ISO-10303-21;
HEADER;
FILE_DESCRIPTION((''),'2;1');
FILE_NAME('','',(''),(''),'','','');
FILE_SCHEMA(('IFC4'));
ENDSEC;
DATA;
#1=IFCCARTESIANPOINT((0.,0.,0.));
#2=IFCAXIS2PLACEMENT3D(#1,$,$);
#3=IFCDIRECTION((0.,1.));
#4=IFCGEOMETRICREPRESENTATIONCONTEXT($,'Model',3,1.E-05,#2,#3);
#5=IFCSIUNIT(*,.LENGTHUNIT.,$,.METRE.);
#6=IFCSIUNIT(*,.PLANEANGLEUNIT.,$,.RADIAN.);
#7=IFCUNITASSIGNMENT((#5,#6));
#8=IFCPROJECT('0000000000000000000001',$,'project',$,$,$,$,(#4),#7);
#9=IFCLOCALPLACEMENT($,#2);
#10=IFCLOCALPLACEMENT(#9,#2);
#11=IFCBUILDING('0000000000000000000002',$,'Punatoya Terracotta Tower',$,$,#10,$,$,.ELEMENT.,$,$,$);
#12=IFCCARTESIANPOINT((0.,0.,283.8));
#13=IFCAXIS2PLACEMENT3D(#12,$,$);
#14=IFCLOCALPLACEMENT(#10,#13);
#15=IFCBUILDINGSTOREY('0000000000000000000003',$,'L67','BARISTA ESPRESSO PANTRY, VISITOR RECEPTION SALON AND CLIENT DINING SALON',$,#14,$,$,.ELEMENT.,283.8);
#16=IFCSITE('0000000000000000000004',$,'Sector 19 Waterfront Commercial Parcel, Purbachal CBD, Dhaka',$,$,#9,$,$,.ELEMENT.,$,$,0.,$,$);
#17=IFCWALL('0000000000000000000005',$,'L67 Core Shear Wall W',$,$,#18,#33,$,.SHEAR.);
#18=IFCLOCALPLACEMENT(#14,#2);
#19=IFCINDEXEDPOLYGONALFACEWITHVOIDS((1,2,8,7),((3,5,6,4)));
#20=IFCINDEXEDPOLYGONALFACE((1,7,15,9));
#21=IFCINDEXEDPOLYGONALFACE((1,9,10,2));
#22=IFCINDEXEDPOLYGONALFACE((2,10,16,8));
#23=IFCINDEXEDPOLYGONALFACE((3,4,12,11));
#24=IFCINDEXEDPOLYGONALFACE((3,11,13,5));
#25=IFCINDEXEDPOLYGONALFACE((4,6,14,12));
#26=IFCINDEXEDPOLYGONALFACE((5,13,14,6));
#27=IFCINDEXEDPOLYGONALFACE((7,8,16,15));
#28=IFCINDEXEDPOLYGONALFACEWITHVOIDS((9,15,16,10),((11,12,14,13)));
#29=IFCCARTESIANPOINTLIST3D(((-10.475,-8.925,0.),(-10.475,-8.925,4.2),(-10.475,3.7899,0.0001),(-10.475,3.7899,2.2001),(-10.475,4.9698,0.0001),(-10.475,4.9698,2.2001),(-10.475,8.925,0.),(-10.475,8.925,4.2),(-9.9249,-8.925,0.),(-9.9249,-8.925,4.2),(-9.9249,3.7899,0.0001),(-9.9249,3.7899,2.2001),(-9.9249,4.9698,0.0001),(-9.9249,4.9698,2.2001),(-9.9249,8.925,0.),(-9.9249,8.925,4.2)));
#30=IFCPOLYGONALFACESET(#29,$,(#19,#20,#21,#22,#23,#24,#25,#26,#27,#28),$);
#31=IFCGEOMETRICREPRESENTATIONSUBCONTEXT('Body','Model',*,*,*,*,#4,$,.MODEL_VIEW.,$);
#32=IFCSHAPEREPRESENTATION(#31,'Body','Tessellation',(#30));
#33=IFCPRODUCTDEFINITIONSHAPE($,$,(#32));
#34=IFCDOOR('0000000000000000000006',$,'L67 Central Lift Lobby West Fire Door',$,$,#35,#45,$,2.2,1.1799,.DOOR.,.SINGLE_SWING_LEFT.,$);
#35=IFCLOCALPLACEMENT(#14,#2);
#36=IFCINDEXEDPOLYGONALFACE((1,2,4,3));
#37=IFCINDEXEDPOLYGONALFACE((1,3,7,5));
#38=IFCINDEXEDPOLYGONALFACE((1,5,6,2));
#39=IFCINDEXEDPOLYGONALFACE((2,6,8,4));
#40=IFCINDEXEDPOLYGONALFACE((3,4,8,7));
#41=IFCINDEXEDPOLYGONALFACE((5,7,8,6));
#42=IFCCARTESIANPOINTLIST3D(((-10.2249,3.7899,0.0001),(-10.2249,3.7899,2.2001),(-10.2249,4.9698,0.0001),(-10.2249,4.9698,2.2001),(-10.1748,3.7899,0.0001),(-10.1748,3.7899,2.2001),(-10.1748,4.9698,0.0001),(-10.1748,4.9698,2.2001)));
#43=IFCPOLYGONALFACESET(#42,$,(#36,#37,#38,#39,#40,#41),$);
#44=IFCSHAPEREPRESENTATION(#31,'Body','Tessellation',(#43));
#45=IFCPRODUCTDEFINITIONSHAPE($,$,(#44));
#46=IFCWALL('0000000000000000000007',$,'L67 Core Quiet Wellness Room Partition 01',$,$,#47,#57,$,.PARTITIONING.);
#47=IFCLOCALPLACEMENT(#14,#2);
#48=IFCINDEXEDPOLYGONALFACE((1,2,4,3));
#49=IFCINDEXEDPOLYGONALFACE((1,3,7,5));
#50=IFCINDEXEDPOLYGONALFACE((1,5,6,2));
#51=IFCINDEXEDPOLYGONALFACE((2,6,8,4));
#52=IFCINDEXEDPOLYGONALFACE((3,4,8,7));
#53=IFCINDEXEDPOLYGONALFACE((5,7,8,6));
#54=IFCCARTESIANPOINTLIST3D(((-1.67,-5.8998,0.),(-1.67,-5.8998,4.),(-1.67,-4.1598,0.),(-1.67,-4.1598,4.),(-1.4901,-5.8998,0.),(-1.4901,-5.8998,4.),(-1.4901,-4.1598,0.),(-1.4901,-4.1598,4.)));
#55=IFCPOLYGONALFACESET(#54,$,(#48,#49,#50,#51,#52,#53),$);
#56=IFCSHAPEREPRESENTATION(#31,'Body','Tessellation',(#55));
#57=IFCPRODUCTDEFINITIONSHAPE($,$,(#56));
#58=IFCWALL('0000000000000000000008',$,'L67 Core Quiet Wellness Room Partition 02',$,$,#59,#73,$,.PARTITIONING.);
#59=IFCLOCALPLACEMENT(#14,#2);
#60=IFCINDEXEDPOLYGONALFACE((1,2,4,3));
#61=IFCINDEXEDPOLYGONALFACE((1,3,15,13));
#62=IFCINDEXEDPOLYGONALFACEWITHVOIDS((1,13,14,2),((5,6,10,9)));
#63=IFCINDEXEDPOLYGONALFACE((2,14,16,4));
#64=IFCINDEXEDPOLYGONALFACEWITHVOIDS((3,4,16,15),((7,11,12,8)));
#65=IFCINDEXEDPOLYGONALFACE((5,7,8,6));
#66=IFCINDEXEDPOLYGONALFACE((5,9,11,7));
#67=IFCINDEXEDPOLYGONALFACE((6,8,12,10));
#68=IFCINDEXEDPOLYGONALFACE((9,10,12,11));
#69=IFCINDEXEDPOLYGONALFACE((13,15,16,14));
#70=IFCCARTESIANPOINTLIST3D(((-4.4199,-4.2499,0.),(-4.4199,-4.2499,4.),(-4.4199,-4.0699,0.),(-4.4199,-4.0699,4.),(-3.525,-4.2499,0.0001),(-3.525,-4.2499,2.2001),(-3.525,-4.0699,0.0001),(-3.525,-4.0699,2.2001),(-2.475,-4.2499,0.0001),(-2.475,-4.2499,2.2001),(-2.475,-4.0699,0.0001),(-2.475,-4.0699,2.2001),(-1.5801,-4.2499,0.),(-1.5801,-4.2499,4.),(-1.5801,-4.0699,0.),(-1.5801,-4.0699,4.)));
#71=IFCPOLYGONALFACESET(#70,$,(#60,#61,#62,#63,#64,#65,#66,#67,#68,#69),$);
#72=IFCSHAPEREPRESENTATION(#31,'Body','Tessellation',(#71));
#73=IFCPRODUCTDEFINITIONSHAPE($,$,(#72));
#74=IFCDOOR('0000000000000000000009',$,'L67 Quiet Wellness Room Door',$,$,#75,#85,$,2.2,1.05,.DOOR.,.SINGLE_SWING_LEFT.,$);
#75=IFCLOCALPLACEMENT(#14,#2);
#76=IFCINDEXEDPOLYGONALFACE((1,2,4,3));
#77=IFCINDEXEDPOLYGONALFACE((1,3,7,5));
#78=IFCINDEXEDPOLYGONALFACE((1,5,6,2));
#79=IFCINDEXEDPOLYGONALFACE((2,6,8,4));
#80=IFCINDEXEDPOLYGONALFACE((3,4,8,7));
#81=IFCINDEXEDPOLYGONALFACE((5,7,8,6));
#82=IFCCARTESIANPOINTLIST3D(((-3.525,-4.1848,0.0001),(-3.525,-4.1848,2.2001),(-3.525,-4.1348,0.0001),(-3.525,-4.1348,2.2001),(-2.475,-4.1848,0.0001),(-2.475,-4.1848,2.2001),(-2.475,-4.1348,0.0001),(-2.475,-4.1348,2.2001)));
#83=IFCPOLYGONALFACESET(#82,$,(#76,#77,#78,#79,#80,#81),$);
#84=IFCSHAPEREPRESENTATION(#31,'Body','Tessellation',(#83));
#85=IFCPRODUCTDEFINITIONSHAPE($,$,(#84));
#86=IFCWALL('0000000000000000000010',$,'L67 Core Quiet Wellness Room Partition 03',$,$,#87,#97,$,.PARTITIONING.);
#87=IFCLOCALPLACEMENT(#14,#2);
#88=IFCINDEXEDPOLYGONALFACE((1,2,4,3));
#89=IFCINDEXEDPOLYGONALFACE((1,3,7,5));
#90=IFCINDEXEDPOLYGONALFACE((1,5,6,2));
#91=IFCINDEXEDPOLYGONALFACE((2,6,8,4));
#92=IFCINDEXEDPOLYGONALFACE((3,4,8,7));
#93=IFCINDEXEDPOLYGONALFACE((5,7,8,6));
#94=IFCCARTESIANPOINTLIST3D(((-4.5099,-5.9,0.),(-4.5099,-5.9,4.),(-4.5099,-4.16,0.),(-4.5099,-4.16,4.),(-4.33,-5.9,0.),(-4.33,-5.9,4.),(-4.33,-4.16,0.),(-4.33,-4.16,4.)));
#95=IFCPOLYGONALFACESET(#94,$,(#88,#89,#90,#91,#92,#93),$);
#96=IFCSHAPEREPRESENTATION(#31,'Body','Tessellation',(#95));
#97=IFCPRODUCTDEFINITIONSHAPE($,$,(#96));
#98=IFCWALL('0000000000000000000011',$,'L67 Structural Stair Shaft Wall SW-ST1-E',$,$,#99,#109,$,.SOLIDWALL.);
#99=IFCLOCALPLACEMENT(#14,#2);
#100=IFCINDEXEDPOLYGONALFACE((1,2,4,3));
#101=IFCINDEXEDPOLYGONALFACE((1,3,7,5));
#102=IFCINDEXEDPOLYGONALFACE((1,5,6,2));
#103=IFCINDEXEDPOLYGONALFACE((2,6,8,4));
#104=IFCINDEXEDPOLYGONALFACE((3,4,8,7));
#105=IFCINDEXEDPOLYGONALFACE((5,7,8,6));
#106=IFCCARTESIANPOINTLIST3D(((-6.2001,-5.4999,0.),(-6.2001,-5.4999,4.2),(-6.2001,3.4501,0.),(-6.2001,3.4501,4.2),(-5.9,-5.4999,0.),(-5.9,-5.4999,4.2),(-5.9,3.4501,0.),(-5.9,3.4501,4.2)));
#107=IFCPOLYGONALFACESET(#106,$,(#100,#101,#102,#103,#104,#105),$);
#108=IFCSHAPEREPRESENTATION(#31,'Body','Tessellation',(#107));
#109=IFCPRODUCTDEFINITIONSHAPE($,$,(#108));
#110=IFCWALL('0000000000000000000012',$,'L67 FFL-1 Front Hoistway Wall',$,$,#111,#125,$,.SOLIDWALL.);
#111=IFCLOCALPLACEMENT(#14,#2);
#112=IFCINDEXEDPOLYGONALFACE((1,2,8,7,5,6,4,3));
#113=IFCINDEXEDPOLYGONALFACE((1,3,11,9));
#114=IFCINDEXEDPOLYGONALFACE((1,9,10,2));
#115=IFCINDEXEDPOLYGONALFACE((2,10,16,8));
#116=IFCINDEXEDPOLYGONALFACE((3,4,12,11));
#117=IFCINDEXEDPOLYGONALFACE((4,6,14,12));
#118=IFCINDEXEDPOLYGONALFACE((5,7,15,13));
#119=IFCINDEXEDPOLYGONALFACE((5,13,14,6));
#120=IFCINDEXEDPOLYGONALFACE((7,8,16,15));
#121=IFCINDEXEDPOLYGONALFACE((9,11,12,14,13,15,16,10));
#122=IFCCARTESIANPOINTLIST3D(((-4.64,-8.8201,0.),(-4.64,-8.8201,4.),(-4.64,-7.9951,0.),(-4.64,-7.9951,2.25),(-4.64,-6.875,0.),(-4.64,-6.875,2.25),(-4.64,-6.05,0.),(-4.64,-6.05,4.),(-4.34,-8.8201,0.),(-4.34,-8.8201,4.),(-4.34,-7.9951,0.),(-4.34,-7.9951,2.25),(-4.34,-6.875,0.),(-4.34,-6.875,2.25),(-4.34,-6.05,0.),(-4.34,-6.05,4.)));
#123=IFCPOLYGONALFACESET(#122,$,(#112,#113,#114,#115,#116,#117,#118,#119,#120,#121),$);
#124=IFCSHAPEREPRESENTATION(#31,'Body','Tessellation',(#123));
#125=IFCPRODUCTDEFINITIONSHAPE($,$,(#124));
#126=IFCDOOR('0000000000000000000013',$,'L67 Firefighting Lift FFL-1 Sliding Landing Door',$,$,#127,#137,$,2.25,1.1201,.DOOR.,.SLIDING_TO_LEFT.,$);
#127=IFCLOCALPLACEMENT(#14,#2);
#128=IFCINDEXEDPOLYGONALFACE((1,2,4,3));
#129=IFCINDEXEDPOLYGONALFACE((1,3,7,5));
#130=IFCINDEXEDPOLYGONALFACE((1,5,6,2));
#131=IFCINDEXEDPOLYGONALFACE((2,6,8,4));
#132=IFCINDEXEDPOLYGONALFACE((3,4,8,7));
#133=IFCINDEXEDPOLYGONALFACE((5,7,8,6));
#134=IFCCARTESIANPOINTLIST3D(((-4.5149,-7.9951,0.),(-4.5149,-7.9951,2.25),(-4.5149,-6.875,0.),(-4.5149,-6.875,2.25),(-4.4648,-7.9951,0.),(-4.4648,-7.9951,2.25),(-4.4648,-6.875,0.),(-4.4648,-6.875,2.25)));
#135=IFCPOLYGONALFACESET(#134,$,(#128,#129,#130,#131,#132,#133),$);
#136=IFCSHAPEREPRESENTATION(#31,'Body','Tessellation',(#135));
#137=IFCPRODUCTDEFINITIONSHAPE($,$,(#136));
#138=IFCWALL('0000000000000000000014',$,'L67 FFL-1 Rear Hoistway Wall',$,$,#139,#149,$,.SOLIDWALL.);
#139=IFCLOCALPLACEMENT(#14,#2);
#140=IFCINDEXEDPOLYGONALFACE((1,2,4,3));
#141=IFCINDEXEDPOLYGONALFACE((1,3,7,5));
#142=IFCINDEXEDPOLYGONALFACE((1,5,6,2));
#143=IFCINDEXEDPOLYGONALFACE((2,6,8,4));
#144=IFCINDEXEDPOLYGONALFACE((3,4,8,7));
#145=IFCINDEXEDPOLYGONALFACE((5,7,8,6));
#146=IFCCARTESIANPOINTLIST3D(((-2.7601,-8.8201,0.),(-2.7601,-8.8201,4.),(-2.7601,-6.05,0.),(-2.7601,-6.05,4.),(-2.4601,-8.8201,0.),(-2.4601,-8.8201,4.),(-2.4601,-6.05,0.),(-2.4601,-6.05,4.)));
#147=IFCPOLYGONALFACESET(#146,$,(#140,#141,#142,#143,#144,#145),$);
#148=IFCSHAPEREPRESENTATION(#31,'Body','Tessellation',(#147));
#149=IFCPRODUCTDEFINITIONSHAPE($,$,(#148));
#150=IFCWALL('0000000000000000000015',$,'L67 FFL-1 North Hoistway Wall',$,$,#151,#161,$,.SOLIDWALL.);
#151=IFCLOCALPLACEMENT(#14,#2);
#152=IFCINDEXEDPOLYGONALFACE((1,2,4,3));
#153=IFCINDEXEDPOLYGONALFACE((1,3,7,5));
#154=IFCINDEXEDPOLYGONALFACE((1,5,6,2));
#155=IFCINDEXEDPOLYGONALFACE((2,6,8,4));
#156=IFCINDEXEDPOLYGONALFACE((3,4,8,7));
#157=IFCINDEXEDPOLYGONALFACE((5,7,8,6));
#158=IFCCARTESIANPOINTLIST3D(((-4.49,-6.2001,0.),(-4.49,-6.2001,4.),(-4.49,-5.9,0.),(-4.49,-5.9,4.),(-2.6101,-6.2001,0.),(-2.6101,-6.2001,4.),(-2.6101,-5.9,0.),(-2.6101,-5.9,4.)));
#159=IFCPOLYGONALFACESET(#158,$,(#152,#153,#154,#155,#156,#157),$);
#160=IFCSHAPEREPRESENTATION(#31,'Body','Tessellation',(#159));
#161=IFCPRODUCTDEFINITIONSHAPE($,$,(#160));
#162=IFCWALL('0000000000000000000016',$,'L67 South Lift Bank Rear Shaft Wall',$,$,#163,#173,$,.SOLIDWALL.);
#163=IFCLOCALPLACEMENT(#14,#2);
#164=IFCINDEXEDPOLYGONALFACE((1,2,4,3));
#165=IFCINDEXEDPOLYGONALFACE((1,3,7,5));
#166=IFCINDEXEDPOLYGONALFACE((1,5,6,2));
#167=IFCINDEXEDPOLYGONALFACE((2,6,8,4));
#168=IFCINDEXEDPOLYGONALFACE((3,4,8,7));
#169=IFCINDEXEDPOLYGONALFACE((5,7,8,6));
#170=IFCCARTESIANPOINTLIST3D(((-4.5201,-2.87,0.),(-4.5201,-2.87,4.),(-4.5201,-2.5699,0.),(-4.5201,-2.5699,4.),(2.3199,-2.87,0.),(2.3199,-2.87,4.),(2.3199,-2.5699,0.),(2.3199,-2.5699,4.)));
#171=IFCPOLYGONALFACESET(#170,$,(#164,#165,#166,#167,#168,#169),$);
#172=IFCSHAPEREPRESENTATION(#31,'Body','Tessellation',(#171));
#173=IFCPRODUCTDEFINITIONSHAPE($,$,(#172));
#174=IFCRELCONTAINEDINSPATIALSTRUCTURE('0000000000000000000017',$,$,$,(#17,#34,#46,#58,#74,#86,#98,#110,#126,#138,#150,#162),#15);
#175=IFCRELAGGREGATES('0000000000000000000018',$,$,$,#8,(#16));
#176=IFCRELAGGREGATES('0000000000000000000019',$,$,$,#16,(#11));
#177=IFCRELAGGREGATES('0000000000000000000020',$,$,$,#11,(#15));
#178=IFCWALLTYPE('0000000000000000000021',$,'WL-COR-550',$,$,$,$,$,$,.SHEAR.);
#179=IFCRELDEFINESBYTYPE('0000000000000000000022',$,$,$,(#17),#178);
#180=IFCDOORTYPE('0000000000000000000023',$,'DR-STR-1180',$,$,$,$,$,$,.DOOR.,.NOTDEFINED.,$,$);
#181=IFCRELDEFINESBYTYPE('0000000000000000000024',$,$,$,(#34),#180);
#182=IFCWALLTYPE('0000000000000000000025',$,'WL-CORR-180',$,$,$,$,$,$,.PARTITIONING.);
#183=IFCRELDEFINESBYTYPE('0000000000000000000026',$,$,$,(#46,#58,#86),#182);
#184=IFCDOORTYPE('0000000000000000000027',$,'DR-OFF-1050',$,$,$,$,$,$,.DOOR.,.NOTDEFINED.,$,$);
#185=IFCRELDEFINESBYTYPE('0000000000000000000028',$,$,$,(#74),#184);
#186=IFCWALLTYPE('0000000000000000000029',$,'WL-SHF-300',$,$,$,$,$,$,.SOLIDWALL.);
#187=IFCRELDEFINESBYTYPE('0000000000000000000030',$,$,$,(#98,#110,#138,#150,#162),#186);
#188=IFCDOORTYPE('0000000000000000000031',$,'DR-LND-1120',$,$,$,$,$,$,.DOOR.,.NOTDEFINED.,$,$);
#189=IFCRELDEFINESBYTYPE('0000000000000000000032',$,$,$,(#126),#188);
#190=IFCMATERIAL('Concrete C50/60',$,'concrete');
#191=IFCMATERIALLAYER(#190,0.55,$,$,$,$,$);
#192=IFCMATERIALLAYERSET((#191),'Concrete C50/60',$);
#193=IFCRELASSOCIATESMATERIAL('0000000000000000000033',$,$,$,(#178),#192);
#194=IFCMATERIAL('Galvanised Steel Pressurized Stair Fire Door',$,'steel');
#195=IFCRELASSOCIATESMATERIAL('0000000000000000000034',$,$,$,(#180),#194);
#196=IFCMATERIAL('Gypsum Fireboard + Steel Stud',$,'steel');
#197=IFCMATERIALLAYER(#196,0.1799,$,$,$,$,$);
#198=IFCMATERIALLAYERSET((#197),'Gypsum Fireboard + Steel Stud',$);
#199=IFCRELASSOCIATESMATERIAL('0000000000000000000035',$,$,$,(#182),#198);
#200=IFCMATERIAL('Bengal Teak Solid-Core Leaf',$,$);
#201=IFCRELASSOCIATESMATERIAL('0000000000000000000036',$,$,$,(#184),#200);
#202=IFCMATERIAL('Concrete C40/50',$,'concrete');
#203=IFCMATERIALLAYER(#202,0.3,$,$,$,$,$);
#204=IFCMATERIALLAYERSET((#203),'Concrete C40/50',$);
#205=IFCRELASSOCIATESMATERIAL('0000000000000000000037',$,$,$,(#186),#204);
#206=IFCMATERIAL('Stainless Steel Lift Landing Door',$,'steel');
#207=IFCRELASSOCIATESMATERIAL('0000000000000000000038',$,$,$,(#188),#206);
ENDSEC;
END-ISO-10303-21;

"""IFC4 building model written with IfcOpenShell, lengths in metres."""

from ifc_helpers import new_model, si_unit, direction, frame, frame_2d, origin, place, context, subcontext, project, spatial, rectangle, extrude, material, layer, layer_set, type_object, element, fill, save


model = new_model("IFC4")

# Units and contexts
model_context = context("Model", 3, precision=1e-05, world=origin(), true_north=direction((0.0, 1.0)))
body_context = subcontext(model_context, "Body", "Model", "MODEL_VIEW")
ifc_project = project(units=[si_unit("LENGTHUNIT", "METRE"), si_unit("PLANEANGLEUNIT", "RADIAN")], contexts=[model_context])

# Site, building, storey
site_placement = place(None, origin())
site = spatial("IfcSite", under=ifc_project, at=site_placement, Name="Sector 19 Waterfront Commercial Parcel, Purbachal CBD, Dhaka", CompositionType="ELEMENT", RefElevation=0.0)
building_placement = place(site_placement, origin())
building = spatial("IfcBuilding", under=site, at=building_placement, Name="Punatoya Terracotta Tower", CompositionType="ELEMENT")
storey_placement = place(building_placement, frame((0.0, 0.0, 283.8)))
storey = spatial("IfcBuildingStorey", under=building, at=storey_placement, Name="L67", Description="BARISTA ESPRESSO PANTRY, VISITOR RECEPTION SALON AND CLIENT DINING SALON", CompositionType="ELEMENT", Elevation=283.8)

# Shared definitions
ifc_material_1 = material(Name="Concrete C50/60", Category="concrete")

# Wall, opening, door
ifc_material_2 = material(Name="Concrete C40/50", Category="concrete")
ifc_layer_1 = layer(ifc_material_1, 0.55)
ifc_layer_set_1 = layer_set([ifc_layer_1], Name="Concrete C50/60")
wall_type_1 = type_object("IfcWallType", Name="WL-COR-550", PredefinedType="SHEAR", material=ifc_layer_set_1)
wall_1_placement = place(storey_placement, frame((-10.2, -8.925, 0.0), z_axis=(0.0, 0.0, 1.0), x_axis=(0.0, 1.0, 0.0)))
wall_1 = element("IfcWall", 1, at=wall_1_placement, inside=storey, type_object=wall_type_1, Name="L67 Core Shear Wall W", PredefinedType="SHEAR", context=body_context, shape_type="SweptSolid", body=[
    extrude(rectangle(XDim=17.8501, YDim=0.55, at=frame_2d((8.925, 0.0))), origin(), (0.0, 0.0, 1.0), 4.2),
])
opening_1_placement = place(wall_1_placement, frame((12.7151, 0.0, 0.0)))
opening_1 = element("IfcOpeningElement", 2, at=opening_1_placement, cuts=wall_1, PredefinedType="OPENING", context=body_context, shape_type="SweptSolid", body=[
    extrude(rectangle(XDim=1.1799, YDim=2.2, at=frame_2d((0.5898, 1.1001))), frame((0.0, 0.2849, 0.0), z_axis=(0.0, -1.0, 0.0), x_axis=(1.0, 0.0, 0.0)), (0.0, 0.0, 1.0), 0.5701),
])
ifc_material_3 = material(Name="Galvanised Steel Pressurized Stair Fire Door", Category="steel")
door_type_1 = type_object("IfcDoorType", Name="DR-STR-1180", OperationType="NOTDEFINED", PredefinedType="DOOR", material=ifc_material_3)
door_1_placement = place(opening_1_placement, origin())
door_1 = element("IfcDoor", 3, at=door_1_placement, inside=storey, type_object=door_type_1, Name="L67 Central Lift Lobby West Fire Door", OperationType="SINGLE_SWING_LEFT", OverallHeight=2.2, OverallWidth=1.1799, PredefinedType="DOOR", context=body_context, shape_type="SweptSolid", body=[
    extrude(rectangle(XDim=1.1799, YDim=2.2, at=frame_2d((0.5898, 1.1001))), frame((0.0, 0.0249, 0.0), z_axis=(0.0, -1.0, 0.0), x_axis=(1.0, 0.0, 0.0)), (0.0, 0.0, 1.0), 0.05),
])
fill(opening_1, door_1)

# Wall
ifc_material_4 = material(Name="Gypsum Fireboard + Steel Stud", Category="steel")
ifc_layer_2 = layer(ifc_material_4, 0.1799)
ifc_layer_set_2 = layer_set([ifc_layer_2], Name="Gypsum Fireboard + Steel Stud")
wall_type_2 = type_object("IfcWallType", Name="WL-CORR-180", PredefinedType="PARTITIONING", material=ifc_layer_set_2)
wall_2_placement = place(storey_placement, frame((-1.5801, -5.8999, 0.0), z_axis=(0.0, 0.0, 1.0), x_axis=(0.0, 1.0, 0.0)))
element("IfcWall", 4, at=wall_2_placement, inside=storey, type_object=wall_type_2, Name="L67 Core Quiet Wellness Room Partition 01", PredefinedType="PARTITIONING", context=body_context, shape_type="SweptSolid", body=[
    extrude(rectangle(XDim=1.74, YDim=0.1799, at=frame_2d((0.8701, 0.0))), origin(), (0.0, 0.0, 1.0), 4.0),
])

# Wall, opening, door
wall_3_placement = place(storey_placement, frame((-1.5801, -4.1599, 0.0), z_axis=(0.0, 0.0, 1.0), x_axis=(-1.0, 0.0, 0.0)))
wall_3 = element("IfcWall", 5, at=wall_3_placement, inside=storey, type_object=wall_type_2, Name="L67 Core Quiet Wellness Room Partition 02", PredefinedType="PARTITIONING", context=body_context, shape_type="SweptSolid", body=[
    extrude(rectangle(XDim=2.8398, YDim=0.1799, at=frame_2d((1.4199, 0.0))), origin(), (0.0, 0.0, 1.0), 4.0),
])
opening_2_placement = place(wall_3_placement, frame((0.895, 0.0, 0.0)))
opening_2 = element("IfcOpeningElement", 6, at=opening_2_placement, cuts=wall_3, PredefinedType="OPENING", context=body_context, shape_type="SweptSolid", body=[
    extrude(rectangle(XDim=1.05, YDim=2.2, at=frame_2d((0.5249, 1.1001))), frame((0.0, 0.0999, 0.0), z_axis=(0.0, -1.0, 0.0), x_axis=(1.0, 0.0, 0.0)), (0.0, 0.0, 1.0), 0.2),
])
ifc_material_5 = material(Name="Bengal Teak Solid-Core Leaf")
door_type_2 = type_object("IfcDoorType", Name="DR-OFF-1050", OperationType="NOTDEFINED", PredefinedType="DOOR", material=ifc_material_5)
door_2_placement = place(opening_2_placement, origin())
door_2 = element("IfcDoor", 7, at=door_2_placement, inside=storey, type_object=door_type_2, Name="L67 Quiet Wellness Room Door", OperationType="SINGLE_SWING_LEFT", OverallHeight=2.2, OverallWidth=1.05, PredefinedType="DOOR", context=body_context, shape_type="SweptSolid", body=[
    extrude(rectangle(XDim=1.05, YDim=2.2, at=frame_2d((0.5249, 1.1001))), frame((0.0, 0.0249, 0.0), z_axis=(0.0, -1.0, 0.0), x_axis=(1.0, 0.0, 0.0)), (0.0, 0.0, 1.0), 0.05),
])
fill(opening_2, door_2)

# Walls
wall_4_placement = place(storey_placement, frame((-4.4199, -4.1599, 0.0), z_axis=(0.0, 0.0, 1.0), x_axis=(0.0, -1.0, 0.0)))
element("IfcWall", 8, at=wall_4_placement, inside=storey, type_object=wall_type_2, Name="L67 Core Quiet Wellness Room Partition 03", PredefinedType="PARTITIONING", context=body_context, shape_type="SweptSolid", body=[
    extrude(rectangle(XDim=1.74, YDim=0.1799, at=frame_2d((0.8701, 0.0))), origin(), (0.0, 0.0, 1.0), 4.0),
])
ifc_layer_3 = layer(ifc_material_2, 0.3)
ifc_layer_set_3 = layer_set([ifc_layer_3], Name="Concrete C40/50")
wall_type_3 = type_object("IfcWallType", Name="WL-SHF-300", PredefinedType="SOLIDWALL", material=ifc_layer_set_3)
wall_5_placement = place(storey_placement, frame((-6.05, -5.5, 0.0), z_axis=(0.0, 0.0, 1.0), x_axis=(0.0, 1.0, 0.0)))
element("IfcWall", 9, at=wall_5_placement, inside=storey, type_object=wall_type_3, Name="L67 Structural Stair Shaft Wall SW-ST1-E", PredefinedType="SOLIDWALL", context=body_context, shape_type="SweptSolid", body=[
    extrude(rectangle(XDim=8.95, YDim=0.3, at=frame_2d((4.4751, 0.0))), origin(), (0.0, 0.0, 1.0), 4.2),
])

# Wall, opening, door
wall_6_placement = place(storey_placement, frame((-4.49, -8.8201, 0.0), z_axis=(0.0, 0.0, 1.0), x_axis=(0.0, 1.0, 0.0)))
wall_6 = element("IfcWall", 10, at=wall_6_placement, inside=storey, type_object=wall_type_3, Name="L67 FFL-1 Front Hoistway Wall", PredefinedType="SOLIDWALL", context=body_context, shape_type="SweptSolid", body=[
    extrude(rectangle(XDim=2.77, YDim=0.3, at=frame_2d((1.385, 0.0))), origin(), (0.0, 0.0, 1.0), 4.0),
])
opening_3_placement = place(wall_6_placement, frame((0.825, 0.0, 0.0)))
opening_3 = element("IfcOpeningElement", 11, at=opening_3_placement, cuts=wall_6, PredefinedType="OPENING", context=body_context, shape_type="SweptSolid", body=[
    extrude(rectangle(XDim=1.1201, YDim=2.25, at=frame_2d((0.5601, 1.125))), frame((0.0, 0.1599, 0.0), z_axis=(0.0, -1.0, 0.0), x_axis=(1.0, 0.0, 0.0)), (0.0, 0.0, 1.0), 0.3201),
])
ifc_material_6 = material(Name="Stainless Steel Lift Landing Door", Category="steel")
door_type_3 = type_object("IfcDoorType", Name="DR-LND-1120", OperationType="NOTDEFINED", PredefinedType="DOOR", material=ifc_material_6)
door_3_placement = place(opening_3_placement, origin())
door_3 = element("IfcDoor", 12, at=door_3_placement, inside=storey, type_object=door_type_3, Name="L67 Firefighting Lift FFL-1 Sliding Landing Door", OperationType="SLIDING_TO_LEFT", OverallHeight=2.25, OverallWidth=1.1201, PredefinedType="DOOR", context=body_context, shape_type="SweptSolid", body=[
    extrude(rectangle(XDim=1.1201, YDim=2.25, at=frame_2d((0.5601, 1.125))), frame((0.0, 0.0249, 0.0), z_axis=(0.0, -1.0, 0.0), x_axis=(1.0, 0.0, 0.0)), (0.0, 0.0, 1.0), 0.05),
])
fill(opening_3, door_3)

# Walls
wall_7_placement = place(storey_placement, frame((-2.6101, -8.8201, 0.0), z_axis=(0.0, 0.0, 1.0), x_axis=(0.0, 1.0, 0.0)))
element("IfcWall", 13, at=wall_7_placement, inside=storey, type_object=wall_type_3, Name="L67 FFL-1 Rear Hoistway Wall", PredefinedType="SOLIDWALL", context=body_context, shape_type="SweptSolid", body=[
    extrude(rectangle(XDim=2.77, YDim=0.3, at=frame_2d((1.385, 0.0))), origin(), (0.0, 0.0, 1.0), 4.0),
])
wall_8_placement = place(storey_placement, frame((-4.49, -6.05, 0.0), z_axis=(0.0, 0.0, 1.0), x_axis=(1.0, 0.0, 0.0)))
element("IfcWall", 14, at=wall_8_placement, inside=storey, type_object=wall_type_3, Name="L67 FFL-1 North Hoistway Wall", PredefinedType="SOLIDWALL", context=body_context, shape_type="SweptSolid", body=[
    extrude(rectangle(XDim=1.8799, YDim=0.3, at=frame_2d((0.9399, 0.0))), origin(), (0.0, 0.0, 1.0), 4.0),
])
wall_9_placement = place(storey_placement, frame((-4.52, -2.72, 0.0), z_axis=(0.0, 0.0, 1.0), x_axis=(1.0, 0.0, 0.0)))
element("IfcWall", 15, at=wall_9_placement, inside=storey, type_object=wall_type_3, Name="L67 South Lift Bank Rear Shaft Wall", PredefinedType="SOLIDWALL", context=body_context, shape_type="SweptSolid", body=[
    extrude(rectangle(XDim=6.8401, YDim=0.3, at=frame_2d((3.4199, 0.0))), origin(), (0.0, 0.0, 1.0), 4.0),
])

save(model, "model.ifc")
